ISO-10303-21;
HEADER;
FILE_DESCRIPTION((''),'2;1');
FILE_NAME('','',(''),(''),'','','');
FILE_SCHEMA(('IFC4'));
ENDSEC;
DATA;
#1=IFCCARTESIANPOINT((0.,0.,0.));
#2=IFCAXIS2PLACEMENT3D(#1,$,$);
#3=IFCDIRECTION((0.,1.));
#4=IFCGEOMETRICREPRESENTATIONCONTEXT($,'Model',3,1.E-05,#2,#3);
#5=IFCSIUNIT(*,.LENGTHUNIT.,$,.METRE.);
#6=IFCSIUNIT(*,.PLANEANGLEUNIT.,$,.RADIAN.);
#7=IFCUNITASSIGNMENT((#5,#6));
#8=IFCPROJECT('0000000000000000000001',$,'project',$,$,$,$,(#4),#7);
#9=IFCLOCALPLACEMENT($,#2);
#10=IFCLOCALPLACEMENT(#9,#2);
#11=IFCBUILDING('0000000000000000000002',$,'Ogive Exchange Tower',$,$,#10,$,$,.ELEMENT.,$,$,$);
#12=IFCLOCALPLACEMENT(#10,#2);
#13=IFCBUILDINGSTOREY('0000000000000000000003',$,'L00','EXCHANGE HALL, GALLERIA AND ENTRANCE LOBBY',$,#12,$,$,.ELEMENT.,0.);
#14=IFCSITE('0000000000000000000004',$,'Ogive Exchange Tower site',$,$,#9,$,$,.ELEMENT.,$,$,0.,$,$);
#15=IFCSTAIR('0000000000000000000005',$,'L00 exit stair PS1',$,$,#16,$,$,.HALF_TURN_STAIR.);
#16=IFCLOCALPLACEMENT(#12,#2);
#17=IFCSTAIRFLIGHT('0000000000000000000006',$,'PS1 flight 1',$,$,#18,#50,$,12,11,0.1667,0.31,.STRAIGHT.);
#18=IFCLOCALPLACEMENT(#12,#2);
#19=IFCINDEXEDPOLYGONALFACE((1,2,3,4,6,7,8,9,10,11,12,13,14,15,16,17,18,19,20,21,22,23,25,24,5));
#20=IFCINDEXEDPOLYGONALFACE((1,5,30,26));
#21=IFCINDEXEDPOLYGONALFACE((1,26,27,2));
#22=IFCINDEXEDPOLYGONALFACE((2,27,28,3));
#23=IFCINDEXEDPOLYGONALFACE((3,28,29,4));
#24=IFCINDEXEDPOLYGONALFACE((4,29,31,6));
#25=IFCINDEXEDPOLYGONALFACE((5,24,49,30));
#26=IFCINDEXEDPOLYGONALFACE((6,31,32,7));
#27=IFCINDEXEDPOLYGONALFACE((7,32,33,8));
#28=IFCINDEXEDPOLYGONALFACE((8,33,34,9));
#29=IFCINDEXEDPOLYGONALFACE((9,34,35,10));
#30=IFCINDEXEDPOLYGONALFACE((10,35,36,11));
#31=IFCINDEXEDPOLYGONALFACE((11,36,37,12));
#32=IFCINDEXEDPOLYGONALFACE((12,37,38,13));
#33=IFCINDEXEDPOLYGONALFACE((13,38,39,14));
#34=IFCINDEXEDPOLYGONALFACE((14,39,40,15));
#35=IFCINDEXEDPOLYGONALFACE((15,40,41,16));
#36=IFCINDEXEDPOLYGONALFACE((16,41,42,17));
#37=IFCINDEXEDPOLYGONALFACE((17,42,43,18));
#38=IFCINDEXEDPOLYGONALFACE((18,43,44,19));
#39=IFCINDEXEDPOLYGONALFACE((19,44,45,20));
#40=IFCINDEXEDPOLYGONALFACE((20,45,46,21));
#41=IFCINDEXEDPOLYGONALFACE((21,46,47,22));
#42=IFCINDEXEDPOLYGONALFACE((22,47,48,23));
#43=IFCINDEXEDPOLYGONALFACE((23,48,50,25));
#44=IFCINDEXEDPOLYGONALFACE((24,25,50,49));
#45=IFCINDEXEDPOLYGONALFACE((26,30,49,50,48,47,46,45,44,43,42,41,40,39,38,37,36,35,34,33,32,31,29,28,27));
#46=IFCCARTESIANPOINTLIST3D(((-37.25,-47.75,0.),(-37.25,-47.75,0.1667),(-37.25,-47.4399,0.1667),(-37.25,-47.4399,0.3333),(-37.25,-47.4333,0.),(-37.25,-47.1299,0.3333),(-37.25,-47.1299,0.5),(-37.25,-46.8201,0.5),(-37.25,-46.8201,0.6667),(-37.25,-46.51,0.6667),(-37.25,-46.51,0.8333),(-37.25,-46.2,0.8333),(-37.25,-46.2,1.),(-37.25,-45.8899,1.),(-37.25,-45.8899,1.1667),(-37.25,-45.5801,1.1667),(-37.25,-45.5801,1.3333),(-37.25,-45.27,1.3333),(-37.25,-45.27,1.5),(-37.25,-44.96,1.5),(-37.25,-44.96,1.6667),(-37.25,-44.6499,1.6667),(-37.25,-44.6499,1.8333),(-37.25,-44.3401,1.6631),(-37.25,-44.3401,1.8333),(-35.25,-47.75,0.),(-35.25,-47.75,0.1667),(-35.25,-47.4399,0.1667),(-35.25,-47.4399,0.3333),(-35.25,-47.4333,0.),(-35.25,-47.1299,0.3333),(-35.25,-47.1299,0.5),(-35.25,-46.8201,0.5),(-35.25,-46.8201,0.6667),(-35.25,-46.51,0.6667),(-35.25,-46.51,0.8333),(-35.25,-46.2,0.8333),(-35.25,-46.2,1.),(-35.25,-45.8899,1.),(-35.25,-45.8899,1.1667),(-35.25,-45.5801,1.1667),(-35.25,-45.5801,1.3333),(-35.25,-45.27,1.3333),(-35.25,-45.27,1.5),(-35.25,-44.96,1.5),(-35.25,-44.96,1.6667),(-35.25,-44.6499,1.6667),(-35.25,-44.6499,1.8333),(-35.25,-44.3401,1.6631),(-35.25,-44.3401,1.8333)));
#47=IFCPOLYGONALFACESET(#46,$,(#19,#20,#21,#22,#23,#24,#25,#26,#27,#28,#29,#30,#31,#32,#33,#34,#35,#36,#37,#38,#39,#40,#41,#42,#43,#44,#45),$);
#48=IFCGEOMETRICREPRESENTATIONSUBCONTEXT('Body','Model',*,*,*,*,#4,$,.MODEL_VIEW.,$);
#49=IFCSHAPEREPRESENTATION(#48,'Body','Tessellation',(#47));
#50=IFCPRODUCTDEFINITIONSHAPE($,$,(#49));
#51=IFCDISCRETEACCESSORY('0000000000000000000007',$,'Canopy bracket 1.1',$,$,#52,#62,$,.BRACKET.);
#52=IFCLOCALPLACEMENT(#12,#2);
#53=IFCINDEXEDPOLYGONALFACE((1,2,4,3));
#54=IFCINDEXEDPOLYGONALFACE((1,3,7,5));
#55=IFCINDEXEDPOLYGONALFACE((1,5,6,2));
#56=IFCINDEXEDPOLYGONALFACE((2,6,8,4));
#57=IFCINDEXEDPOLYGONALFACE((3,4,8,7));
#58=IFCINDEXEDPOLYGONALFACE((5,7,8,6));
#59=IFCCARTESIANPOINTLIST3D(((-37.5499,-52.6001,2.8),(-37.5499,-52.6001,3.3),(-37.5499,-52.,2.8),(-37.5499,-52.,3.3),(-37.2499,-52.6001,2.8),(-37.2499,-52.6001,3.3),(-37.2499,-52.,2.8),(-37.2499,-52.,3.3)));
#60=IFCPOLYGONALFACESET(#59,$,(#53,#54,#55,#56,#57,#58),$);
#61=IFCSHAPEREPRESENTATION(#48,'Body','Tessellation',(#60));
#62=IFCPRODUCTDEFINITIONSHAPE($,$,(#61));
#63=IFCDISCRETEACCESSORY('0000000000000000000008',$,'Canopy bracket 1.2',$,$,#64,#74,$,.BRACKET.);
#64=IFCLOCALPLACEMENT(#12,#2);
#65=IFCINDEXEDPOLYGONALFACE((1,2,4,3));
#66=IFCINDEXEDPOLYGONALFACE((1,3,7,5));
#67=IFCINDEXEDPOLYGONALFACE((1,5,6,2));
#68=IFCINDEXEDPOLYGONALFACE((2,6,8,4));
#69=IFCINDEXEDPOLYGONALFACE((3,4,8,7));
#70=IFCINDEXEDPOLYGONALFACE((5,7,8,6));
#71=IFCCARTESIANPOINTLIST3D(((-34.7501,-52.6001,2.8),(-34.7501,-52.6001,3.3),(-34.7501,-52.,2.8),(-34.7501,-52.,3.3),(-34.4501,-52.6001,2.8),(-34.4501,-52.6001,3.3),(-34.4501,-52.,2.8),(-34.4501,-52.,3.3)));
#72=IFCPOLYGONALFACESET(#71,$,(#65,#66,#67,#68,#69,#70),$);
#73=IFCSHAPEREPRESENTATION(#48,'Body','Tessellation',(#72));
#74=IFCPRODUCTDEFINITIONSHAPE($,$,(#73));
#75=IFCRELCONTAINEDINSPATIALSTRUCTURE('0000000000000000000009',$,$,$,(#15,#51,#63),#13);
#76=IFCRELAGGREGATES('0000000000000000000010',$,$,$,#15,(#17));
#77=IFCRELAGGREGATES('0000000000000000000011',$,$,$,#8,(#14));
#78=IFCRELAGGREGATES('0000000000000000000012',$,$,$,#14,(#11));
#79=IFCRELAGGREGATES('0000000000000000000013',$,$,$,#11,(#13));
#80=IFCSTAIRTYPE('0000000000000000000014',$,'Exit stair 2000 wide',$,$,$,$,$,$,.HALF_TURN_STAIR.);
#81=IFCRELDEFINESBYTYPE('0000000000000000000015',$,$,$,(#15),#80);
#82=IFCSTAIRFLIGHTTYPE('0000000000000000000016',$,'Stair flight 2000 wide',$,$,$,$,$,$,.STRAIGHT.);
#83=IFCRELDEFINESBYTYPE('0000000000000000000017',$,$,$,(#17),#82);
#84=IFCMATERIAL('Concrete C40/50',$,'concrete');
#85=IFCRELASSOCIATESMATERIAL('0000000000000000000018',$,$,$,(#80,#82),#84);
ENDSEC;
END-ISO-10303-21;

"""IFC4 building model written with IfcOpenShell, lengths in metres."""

from ifc_helpers import new_model, si_unit, direction, frame, origin, origin_2d, place, context, subcontext, project, spatial, polyline, rectangle, outline, extrude, material, type_object, element, aggregate, save


model = new_model("IFC4")

# Units and contexts
model_context = context("Model", 3, precision=1e-05, world=origin(), true_north=direction((0.0, 1.0)))
body_context = subcontext(model_context, "Body", "Model", "MODEL_VIEW")
ifc_project = project(units=[si_unit("LENGTHUNIT", "METRE"), si_unit("PLANEANGLEUNIT", "RADIAN")], contexts=[model_context])

# Site, building, storey
site_placement = place(None, origin())
site = spatial("IfcSite", under=ifc_project, at=site_placement, Name="Ogive Exchange Tower site", CompositionType="ELEMENT", RefElevation=0.0)
building_placement = place(site_placement, origin())
building = spatial("IfcBuilding", under=site, at=building_placement, Name="Ogive Exchange Tower", CompositionType="ELEMENT")
storey_placement = place(building_placement, origin())
storey = spatial("IfcBuildingStorey", under=building, at=storey_placement, Name="L00", Description="EXCHANGE HALL, GALLERIA AND ENTRANCE LOBBY", CompositionType="ELEMENT", Elevation=0.0)

# Stair, stair flight
ifc_material_1 = material(Name="Concrete C40/50", Category="concrete")
stair_type = type_object("IfcStairType", Name="Exit stair 2000 wide", PredefinedType="HALF_TURN_STAIR", material=ifc_material_1)
stair_placement = place(storey_placement, origin())
stair = element("IfcStair", 1, at=stair_placement, inside=storey, type_object=stair_type, Name="L00 exit stair PS1", PredefinedType="HALF_TURN_STAIR")
stair_flight_type = type_object("IfcStairFlightType", Name="Stair flight 2000 wide", PredefinedType="STRAIGHT", material=ifc_material_1)
stair_flight_placement = place(storey_placement, frame((-36.25, -47.75, 0.0), z_axis=(0.0, 0.0, 1.0), x_axis=(0.0, 1.0, 0.0)))
stair_flight = element("IfcStairFlight", 2, at=stair_flight_placement, type_object=stair_flight_type, Name="PS1 flight 1", NumberOfRisers=12, NumberOfTreads=11, PredefinedType="STRAIGHT", RiserHeight=0.1667, TreadLength=0.31, context=body_context, shape_type="SweptSolid", body=[
    extrude(outline(polyline([(0.0, 0.0), (0.0, 0.1667), (0.3101, 0.1667), (0.3101, 0.3333), (0.6201, 0.3333), (0.6201, 0.5), (0.9299, 0.5), (0.9299, 0.6667), (1.24, 0.6667), (1.24, 0.8333), (1.55, 0.8333), (1.55, 1.0), (1.8601, 1.0), (1.8601, 1.1667), (2.1699, 1.1667), (2.1699, 1.3333), (2.48, 1.3333), (2.48, 1.5), (2.79, 1.5), (2.79, 1.6667), (3.1001, 1.6667), (3.1001, 1.8333), (3.4099, 1.8333), (3.4099, 2.0), (3.4099, 1.6631), (0.3167, 0.0), (0.0, 0.0)])), frame((0.0, 1.0, 0.0), z_axis=(0.0, -1.0, 0.0), x_axis=(1.0, 0.0, 0.0)), (0.0, 0.0, 1.0), 2.0),
])
aggregate(stair, [stair_flight])

# Discrete accessories
for number, where, z_axis, x_axis, name in (
    (3, (-37.3999, -52.3, 2.8), (0.0, 0.0, 1.0), (1.0, 0.0, 0.0), "Canopy bracket 1.1"),
    (4, (-34.6001, -52.3, 2.8), (0.0, 0.0, 1.0), (1.0, 0.0, 0.0), "Canopy bracket 1.2"),
):
    element("IfcDiscreteAccessory", number, at=place(storey_placement, frame(where, z_axis=z_axis, x_axis=x_axis)), inside=storey, Name=name, PredefinedType="BRACKET", context=body_context, shape_type="SweptSolid", body=[
        extrude(rectangle(XDim=0.3, YDim=0.6001, at=origin_2d()), origin(), (0.0, 0.0, 1.0), 0.5),
    ])

save(model, "model.ifc")
